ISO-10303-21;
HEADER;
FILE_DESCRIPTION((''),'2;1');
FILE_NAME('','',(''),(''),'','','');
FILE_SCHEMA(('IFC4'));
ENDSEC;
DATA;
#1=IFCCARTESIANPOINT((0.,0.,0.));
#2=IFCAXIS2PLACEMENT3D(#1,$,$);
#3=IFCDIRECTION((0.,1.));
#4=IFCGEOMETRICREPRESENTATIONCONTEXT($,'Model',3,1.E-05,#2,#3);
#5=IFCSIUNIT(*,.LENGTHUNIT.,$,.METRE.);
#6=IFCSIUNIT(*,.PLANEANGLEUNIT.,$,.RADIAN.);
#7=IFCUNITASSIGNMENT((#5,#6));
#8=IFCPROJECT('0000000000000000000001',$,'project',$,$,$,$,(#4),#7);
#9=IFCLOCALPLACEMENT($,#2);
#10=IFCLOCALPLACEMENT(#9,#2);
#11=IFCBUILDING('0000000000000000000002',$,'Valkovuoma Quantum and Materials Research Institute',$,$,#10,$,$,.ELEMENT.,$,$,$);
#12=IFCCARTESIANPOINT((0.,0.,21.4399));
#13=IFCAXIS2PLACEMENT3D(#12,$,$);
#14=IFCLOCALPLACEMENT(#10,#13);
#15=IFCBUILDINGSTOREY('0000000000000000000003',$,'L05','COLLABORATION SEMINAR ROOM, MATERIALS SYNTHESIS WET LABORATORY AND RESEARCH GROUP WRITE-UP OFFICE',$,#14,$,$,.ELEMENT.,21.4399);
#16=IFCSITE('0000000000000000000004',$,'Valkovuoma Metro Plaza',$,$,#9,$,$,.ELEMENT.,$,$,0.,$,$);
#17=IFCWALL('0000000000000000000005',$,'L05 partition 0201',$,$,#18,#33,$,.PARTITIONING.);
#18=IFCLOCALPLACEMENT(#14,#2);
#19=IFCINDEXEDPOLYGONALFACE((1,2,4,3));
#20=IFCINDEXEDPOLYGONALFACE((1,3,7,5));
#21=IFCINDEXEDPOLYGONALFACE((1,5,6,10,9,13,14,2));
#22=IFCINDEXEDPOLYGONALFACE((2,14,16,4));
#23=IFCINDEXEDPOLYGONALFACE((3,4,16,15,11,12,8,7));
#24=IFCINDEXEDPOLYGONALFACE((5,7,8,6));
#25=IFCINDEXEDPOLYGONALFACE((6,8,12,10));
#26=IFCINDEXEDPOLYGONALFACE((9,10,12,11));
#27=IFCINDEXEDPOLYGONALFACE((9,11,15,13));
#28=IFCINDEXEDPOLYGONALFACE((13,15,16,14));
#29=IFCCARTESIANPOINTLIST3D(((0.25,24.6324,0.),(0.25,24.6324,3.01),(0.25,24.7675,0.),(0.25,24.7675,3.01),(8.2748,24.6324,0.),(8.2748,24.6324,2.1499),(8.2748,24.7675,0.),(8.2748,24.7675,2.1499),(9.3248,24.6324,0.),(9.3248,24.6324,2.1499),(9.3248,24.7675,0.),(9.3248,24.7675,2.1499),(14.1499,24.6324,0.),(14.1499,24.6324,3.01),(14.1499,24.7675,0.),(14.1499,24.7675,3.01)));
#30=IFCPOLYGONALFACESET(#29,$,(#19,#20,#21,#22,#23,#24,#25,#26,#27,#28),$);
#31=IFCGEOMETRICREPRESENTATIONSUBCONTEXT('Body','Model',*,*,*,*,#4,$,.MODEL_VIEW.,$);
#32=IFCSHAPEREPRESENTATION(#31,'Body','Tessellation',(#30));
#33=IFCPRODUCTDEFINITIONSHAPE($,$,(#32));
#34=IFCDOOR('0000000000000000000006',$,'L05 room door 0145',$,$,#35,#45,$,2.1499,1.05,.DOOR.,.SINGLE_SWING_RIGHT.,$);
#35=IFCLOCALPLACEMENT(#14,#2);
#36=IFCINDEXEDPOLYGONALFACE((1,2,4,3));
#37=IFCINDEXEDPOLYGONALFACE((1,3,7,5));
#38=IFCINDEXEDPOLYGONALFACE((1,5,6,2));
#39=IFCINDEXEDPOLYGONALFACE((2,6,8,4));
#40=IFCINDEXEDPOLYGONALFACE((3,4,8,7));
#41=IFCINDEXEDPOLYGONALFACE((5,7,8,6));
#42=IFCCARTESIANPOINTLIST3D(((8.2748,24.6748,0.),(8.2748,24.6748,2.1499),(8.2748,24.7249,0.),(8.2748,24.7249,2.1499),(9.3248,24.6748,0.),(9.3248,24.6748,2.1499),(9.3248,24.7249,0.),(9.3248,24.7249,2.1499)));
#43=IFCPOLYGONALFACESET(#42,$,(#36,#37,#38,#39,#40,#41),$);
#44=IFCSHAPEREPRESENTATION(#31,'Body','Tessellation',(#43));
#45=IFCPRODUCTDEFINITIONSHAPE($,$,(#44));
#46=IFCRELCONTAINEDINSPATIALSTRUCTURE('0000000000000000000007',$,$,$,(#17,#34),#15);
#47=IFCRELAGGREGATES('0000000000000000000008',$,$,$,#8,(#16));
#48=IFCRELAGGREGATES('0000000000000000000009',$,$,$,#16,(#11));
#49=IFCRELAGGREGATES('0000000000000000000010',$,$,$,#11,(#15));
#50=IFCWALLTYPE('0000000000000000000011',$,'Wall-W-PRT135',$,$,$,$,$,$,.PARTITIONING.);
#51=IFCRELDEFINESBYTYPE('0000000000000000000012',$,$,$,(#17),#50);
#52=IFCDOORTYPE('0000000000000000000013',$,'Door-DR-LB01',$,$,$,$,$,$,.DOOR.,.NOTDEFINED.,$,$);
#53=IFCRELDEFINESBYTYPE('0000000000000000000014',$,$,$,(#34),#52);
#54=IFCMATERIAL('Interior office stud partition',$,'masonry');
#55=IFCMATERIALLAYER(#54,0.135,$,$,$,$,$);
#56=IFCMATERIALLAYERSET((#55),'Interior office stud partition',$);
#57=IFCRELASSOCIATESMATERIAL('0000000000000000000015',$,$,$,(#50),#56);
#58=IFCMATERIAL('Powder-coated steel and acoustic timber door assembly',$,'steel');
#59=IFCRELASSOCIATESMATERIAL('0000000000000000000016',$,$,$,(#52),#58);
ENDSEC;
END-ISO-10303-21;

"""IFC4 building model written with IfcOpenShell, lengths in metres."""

from ifc_helpers import new_model, si_unit, direction, frame, frame_2d, origin, place, context, subcontext, project, spatial, rectangle, extrude, material, layer, layer_set, type_object, element, fill, save


model = new_model("IFC4")

# Units and contexts
model_context = context("Model", 3, precision=1e-05, world=origin(), true_north=direction((0.0, 1.0)))
body_context = subcontext(model_context, "Body", "Model", "MODEL_VIEW")
ifc_project = project(units=[si_unit("LENGTHUNIT", "METRE"), si_unit("PLANEANGLEUNIT", "RADIAN")], contexts=[model_context])

# Site, building, storey
site_placement = place(None, origin())
site = spatial("IfcSite", under=ifc_project, at=site_placement, Name="Valkovuoma Metro Plaza", CompositionType="ELEMENT", RefElevation=0.0)
building_placement = place(site_placement, origin())
building = spatial("IfcBuilding", under=site, at=building_placement, Name="Valkovuoma Quantum and Materials Research Institute", CompositionType="ELEMENT")
storey_placement = place(building_placement, frame((0.0, 0.0, 21.4399)))
storey = spatial("IfcBuildingStorey", under=building, at=storey_placement, Name="L05", Description="COLLABORATION SEMINAR ROOM, MATERIALS SYNTHESIS WET LABORATORY AND RESEARCH GROUP WRITE-UP OFFICE", CompositionType="ELEMENT", Elevation=21.4399)

# Wall, opening, door
ifc_material_1 = material(Name="Interior office stud partition", Category="masonry")
ifc_layer_1 = layer(ifc_material_1, 0.135)
ifc_layer_set_1 = layer_set([ifc_layer_1], Name="Interior office stud partition")
wall_type_1 = type_object("IfcWallType", Name="Wall-W-PRT135", PredefinedType="PARTITIONING", material=ifc_layer_set_1)
wall_1_placement = place(storey_placement, frame((0.25, 24.7, 0.0), z_axis=(0.0, 0.0, 1.0), x_axis=(1.0, 0.0, 0.0)))
wall_1 = element("IfcWall", 1, at=wall_1_placement, inside=storey, type_object=wall_type_1, Name="L05 partition 0201", PredefinedType="PARTITIONING", context=body_context, shape_type="SweptSolid", body=[
    extrude(rectangle(XDim=13.8999, YDim=0.135, at=frame_2d((6.95, 0.0))), origin(), (0.0, 0.0, 1.0), 3.01),
])
opening_1_placement = place(wall_1_placement, frame((8.0249, 0.0, 0.0)))
opening_1 = element("IfcOpeningElement", 2, at=opening_1_placement, cuts=wall_1, PredefinedType="OPENING", context=body_context, shape_type="SweptSolid", body=[
    extrude(rectangle(XDim=1.05, YDim=2.1499, at=frame_2d((0.5249, 1.075))), frame((0.0, 0.0776, 0.0), z_axis=(0.0, -1.0, 0.0), x_axis=(1.0, 0.0, 0.0)), (0.0, 0.0, 1.0), 0.155),
])
ifc_material_2 = material(Name="Powder-coated steel and acoustic timber door assembly", Category="steel")
door_type_1 = type_object("IfcDoorType", Name="Door-DR-LB01", OperationType="NOTDEFINED", PredefinedType="DOOR", material=ifc_material_2)
door_1_placement = place(opening_1_placement, origin())
door_1 = element("IfcDoor", 3, at=door_1_placement, inside=storey, type_object=door_type_1, Name="L05 room door 0145", OperationType="SINGLE_SWING_RIGHT", OverallHeight=2.1499, OverallWidth=1.05, PredefinedType="DOOR", context=body_context, shape_type="SweptSolid", body=[
    extrude(rectangle(XDim=1.05, YDim=2.1499, at=frame_2d((0.5249, 1.075))), frame((0.0, 0.0249, 0.0), z_axis=(0.0, -1.0, 0.0), x_axis=(1.0, 0.0, 0.0)), (0.0, 0.0, 1.0), 0.05),
])
fill(opening_1, door_1)

save(model, "model.ifc")
